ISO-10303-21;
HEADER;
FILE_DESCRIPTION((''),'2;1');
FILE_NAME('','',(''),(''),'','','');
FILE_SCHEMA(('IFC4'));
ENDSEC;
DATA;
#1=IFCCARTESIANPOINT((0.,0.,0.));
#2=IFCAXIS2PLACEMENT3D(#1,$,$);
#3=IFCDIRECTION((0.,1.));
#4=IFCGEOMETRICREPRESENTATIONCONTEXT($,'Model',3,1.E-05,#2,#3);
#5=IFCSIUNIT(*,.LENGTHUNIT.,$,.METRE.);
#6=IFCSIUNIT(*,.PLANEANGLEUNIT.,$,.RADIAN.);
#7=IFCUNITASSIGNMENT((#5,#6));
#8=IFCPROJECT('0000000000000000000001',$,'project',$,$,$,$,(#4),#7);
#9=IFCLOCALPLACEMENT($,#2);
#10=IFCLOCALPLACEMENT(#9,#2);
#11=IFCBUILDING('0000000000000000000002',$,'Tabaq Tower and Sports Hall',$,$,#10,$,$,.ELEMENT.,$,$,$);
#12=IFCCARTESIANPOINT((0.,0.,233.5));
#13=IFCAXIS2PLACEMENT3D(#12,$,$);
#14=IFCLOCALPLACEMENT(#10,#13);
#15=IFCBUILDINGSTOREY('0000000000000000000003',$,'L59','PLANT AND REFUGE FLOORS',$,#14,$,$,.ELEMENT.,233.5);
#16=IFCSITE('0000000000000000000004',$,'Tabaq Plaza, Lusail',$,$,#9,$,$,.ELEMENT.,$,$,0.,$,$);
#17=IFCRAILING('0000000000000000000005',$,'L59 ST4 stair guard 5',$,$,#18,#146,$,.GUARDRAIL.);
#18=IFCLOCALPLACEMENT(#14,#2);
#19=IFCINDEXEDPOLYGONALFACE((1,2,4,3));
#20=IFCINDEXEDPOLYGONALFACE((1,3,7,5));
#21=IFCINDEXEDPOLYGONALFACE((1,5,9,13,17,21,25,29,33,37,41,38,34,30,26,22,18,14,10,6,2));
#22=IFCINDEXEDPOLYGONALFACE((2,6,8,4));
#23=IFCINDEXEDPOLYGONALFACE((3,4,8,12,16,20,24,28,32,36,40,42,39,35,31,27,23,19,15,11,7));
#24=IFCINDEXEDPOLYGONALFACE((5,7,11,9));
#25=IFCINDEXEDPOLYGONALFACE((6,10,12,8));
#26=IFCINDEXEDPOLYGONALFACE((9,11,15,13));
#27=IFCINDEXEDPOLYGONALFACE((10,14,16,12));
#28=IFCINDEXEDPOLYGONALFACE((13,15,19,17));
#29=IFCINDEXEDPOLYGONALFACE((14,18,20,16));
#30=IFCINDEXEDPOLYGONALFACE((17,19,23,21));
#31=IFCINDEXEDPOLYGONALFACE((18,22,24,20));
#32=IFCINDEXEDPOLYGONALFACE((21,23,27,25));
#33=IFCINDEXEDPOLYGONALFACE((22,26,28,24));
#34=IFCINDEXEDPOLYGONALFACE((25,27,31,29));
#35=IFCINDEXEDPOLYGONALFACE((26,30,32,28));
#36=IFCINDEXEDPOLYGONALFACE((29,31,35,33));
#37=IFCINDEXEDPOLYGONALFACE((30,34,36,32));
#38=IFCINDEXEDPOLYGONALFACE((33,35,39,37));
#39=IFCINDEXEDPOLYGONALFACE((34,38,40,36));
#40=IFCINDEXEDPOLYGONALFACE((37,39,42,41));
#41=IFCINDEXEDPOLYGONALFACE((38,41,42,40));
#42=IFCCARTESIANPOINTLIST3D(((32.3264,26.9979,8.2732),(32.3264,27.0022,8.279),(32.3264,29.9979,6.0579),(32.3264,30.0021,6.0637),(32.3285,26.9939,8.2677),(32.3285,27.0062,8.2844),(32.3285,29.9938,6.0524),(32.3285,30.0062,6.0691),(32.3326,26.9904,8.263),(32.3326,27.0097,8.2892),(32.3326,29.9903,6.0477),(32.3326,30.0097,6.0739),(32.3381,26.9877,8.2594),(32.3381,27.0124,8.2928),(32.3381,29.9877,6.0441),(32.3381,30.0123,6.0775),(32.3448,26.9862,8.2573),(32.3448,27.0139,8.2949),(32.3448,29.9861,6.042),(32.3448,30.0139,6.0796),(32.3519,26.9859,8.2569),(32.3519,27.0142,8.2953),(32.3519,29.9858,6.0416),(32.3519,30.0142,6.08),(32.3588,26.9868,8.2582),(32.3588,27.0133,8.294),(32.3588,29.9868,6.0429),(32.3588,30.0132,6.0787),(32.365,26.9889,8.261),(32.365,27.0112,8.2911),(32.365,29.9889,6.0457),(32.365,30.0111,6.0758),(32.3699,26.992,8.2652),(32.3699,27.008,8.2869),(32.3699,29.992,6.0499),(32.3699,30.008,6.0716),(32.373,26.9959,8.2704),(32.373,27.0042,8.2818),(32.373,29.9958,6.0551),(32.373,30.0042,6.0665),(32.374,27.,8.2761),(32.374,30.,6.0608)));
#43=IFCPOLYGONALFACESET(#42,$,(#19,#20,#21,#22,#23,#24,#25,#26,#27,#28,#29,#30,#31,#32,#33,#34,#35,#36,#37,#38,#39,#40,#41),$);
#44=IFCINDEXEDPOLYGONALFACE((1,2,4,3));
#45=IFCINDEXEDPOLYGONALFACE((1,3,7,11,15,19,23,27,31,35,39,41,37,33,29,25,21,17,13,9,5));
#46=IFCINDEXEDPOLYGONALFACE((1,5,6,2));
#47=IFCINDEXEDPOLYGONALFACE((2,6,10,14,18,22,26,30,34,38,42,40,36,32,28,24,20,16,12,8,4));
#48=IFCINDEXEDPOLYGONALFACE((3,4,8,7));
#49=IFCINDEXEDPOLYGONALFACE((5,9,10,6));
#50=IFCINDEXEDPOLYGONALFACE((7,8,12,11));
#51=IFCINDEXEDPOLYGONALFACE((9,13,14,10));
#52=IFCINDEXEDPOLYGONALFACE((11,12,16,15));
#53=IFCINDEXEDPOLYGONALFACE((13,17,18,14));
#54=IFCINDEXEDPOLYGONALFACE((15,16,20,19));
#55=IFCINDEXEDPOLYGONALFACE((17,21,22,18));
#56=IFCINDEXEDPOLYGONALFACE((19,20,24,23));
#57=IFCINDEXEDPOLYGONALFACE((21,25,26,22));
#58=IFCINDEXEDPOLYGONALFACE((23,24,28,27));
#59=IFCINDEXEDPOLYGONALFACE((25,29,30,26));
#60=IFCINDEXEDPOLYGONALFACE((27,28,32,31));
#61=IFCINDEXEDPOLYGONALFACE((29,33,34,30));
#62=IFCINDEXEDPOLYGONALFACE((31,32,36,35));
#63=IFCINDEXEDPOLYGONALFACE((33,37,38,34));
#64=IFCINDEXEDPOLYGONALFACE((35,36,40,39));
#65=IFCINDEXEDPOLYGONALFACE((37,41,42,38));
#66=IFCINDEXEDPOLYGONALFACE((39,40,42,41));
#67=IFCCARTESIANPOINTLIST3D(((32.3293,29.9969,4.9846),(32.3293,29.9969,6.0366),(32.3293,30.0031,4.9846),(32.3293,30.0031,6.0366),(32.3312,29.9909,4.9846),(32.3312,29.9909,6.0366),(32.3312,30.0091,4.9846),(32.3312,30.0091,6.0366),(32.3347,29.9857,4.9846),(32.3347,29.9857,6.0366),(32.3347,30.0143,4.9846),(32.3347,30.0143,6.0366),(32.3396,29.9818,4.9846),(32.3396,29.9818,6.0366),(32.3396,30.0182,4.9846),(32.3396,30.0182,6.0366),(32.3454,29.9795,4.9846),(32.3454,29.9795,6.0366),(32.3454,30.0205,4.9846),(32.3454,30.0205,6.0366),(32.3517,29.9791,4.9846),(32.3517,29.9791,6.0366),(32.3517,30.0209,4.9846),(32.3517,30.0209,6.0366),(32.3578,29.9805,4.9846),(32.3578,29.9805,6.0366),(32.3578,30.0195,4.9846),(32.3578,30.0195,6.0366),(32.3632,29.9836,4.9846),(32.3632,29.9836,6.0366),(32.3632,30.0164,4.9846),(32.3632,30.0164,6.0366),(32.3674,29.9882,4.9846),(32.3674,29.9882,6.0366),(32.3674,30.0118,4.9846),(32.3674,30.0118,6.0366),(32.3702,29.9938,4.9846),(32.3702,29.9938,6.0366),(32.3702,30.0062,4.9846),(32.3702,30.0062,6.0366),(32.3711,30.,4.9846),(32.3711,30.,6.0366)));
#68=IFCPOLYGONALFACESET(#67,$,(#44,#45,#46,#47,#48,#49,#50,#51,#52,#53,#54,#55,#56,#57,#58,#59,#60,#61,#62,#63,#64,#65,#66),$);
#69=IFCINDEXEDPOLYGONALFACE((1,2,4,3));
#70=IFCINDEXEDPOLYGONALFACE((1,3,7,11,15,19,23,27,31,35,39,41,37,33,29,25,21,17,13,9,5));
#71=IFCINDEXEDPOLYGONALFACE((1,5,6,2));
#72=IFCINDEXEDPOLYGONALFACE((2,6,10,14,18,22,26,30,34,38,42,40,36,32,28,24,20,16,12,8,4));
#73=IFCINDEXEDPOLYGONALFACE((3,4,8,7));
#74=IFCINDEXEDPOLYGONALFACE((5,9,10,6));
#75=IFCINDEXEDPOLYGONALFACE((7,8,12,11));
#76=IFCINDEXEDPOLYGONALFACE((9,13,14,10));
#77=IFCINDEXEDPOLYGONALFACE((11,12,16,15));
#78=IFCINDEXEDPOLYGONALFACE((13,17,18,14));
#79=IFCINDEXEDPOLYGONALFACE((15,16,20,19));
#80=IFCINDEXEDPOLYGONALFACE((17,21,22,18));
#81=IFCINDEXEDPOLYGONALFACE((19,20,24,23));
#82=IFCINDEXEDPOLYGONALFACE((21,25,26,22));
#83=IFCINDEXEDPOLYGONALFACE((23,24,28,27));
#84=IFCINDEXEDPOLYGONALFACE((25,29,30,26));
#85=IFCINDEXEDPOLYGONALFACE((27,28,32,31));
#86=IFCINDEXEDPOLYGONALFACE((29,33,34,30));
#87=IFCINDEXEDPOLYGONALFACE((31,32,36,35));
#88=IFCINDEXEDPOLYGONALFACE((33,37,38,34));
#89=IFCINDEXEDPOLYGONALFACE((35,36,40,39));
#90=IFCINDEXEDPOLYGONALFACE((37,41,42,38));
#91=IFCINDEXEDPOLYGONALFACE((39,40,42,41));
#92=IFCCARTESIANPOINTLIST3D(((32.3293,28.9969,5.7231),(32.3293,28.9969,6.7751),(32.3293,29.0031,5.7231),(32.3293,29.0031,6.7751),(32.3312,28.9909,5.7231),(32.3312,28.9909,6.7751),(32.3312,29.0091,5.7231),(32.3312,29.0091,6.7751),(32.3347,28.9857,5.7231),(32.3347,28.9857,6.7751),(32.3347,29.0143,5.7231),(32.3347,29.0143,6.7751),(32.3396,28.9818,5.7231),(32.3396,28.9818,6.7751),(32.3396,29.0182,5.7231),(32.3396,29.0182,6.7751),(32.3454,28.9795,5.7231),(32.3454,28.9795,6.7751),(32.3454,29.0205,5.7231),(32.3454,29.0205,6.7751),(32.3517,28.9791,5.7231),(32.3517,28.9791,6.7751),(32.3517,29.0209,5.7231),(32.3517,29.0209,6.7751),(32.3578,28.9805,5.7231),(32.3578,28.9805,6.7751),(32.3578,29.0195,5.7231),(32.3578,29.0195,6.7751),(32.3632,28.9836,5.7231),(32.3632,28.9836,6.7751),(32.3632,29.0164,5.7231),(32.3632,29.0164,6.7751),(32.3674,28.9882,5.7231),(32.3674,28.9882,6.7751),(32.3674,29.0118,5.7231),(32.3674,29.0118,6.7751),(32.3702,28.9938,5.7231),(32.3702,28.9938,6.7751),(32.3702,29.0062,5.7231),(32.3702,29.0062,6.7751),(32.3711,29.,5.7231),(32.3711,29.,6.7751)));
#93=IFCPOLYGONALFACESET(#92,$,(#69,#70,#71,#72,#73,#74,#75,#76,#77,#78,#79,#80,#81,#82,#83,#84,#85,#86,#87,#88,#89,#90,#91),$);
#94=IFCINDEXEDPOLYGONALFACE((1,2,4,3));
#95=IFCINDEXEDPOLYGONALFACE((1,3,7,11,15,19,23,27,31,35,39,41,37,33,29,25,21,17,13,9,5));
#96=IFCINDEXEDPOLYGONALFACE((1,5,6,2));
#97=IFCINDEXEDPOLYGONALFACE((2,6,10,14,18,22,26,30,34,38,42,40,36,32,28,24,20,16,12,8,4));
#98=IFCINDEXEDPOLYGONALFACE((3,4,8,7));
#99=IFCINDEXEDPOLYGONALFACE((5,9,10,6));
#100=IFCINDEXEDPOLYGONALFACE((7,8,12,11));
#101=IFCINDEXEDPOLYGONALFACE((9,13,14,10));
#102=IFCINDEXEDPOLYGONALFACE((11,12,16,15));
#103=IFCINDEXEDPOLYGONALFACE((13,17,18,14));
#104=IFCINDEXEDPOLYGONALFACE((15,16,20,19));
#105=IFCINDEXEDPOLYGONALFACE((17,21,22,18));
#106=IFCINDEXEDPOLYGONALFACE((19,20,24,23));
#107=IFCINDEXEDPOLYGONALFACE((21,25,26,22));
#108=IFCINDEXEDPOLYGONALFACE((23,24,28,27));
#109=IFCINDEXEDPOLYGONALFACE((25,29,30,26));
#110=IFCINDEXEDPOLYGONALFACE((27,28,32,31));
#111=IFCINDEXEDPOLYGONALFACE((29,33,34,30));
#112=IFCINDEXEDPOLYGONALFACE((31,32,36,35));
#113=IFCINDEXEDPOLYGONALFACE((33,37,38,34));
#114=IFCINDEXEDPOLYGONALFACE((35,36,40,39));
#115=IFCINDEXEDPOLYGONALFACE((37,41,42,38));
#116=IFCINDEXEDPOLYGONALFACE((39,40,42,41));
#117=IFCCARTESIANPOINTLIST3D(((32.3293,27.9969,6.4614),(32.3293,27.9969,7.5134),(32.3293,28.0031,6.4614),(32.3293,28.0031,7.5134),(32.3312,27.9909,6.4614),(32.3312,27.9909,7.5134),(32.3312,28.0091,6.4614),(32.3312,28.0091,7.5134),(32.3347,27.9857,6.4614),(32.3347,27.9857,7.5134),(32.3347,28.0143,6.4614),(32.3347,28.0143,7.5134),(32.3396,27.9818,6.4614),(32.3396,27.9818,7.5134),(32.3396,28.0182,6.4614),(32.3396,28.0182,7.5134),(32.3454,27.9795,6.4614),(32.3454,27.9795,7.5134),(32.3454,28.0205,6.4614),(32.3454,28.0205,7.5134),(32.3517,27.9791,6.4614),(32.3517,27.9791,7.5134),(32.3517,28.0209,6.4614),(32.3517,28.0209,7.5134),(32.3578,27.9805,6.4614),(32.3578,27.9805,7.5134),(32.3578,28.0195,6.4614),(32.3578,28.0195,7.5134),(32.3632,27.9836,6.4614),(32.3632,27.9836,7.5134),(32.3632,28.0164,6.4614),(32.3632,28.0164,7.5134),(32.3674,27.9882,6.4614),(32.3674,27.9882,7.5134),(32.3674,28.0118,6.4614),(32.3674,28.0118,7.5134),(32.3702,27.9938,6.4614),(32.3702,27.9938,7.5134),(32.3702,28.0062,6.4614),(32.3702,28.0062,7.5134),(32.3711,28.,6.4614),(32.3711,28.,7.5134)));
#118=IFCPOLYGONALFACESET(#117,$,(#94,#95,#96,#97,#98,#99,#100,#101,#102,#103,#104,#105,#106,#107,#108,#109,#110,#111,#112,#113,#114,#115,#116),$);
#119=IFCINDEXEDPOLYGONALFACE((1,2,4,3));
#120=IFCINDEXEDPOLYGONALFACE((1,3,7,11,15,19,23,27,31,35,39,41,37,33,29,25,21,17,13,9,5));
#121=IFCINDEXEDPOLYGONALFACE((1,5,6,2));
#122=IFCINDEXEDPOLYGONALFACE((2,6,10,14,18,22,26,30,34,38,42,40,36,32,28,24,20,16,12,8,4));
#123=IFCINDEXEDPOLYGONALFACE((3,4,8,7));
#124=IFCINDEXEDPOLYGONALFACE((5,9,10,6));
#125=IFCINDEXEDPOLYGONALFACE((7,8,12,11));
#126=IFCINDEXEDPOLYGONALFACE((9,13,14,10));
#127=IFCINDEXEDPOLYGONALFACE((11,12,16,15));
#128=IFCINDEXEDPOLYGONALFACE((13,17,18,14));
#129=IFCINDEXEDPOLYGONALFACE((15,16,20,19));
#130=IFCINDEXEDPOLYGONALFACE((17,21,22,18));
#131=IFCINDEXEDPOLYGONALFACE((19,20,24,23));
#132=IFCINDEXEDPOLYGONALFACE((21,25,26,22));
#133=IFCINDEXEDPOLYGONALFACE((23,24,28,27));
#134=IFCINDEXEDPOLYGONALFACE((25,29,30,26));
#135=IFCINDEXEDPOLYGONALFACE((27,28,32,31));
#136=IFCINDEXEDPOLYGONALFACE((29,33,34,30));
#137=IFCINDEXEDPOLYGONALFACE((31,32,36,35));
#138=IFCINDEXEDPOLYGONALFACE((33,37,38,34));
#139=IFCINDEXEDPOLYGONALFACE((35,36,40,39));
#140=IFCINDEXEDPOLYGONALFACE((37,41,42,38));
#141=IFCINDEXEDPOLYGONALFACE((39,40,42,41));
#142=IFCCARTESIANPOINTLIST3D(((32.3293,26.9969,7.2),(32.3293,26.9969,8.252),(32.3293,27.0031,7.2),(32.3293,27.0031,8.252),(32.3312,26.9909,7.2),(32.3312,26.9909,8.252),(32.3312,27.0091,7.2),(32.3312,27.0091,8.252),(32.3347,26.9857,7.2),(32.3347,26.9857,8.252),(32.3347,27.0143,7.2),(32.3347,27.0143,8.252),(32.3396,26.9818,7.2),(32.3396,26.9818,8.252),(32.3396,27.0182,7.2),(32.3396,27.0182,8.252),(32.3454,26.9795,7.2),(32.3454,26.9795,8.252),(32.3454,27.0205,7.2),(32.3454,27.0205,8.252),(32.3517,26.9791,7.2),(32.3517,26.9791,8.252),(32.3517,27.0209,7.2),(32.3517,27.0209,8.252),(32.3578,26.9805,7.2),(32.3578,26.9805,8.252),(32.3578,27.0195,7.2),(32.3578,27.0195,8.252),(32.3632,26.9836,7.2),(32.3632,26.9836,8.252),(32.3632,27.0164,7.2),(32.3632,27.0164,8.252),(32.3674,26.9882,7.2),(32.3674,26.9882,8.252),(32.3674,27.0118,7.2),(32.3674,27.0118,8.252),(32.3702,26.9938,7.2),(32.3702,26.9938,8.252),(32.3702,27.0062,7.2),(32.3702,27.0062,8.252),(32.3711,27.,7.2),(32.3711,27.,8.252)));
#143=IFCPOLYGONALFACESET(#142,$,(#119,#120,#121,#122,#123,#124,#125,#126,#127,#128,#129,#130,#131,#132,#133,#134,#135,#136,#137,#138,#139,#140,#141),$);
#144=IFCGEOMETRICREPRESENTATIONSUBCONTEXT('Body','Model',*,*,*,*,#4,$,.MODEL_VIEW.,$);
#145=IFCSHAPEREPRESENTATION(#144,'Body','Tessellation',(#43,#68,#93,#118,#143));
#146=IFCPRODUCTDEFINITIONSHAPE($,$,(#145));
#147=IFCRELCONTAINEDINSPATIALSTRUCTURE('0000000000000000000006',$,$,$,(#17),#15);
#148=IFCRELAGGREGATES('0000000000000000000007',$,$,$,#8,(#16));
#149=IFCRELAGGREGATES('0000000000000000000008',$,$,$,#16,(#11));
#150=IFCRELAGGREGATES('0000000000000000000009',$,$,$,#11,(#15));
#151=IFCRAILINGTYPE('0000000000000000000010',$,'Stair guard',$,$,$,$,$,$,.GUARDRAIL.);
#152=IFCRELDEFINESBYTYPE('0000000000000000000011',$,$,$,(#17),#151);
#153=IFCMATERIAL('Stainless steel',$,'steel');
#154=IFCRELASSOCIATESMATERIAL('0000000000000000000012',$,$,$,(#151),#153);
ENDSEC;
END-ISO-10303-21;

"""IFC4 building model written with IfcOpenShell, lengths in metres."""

from ifc_helpers import new_model, si_unit, direction, frame, origin, origin_2d, place, context, subcontext, project, spatial, circle, extrude, material, type_object, element, save


model = new_model("IFC4")

# Units and contexts
model_context = context("Model", 3, precision=1e-05, world=origin(), true_north=direction((0.0, 1.0)))
body_context = subcontext(model_context, "Body", "Model", "MODEL_VIEW")
ifc_project = project(units=[si_unit("LENGTHUNIT", "METRE"), si_unit("PLANEANGLEUNIT", "RADIAN")], contexts=[model_context])

# Site, building, storey
site_placement = place(None, origin())
site = spatial("IfcSite", under=ifc_project, at=site_placement, Name="Tabaq Plaza, Lusail", CompositionType="ELEMENT", RefElevation=0.0)
building_placement = place(site_placement, origin())
building = spatial("IfcBuilding", under=site, at=building_placement, Name="Tabaq Tower and Sports Hall", CompositionType="ELEMENT")
storey_placement = place(building_placement, frame((0.0, 0.0, 233.5)))
storey = spatial("IfcBuildingStorey", under=building, at=storey_placement, Name="L59", Description="PLANT AND REFUGE FLOORS", CompositionType="ELEMENT", Elevation=233.5)

# Railing
ifc_material_1 = material(Name="Stainless steel", Category="steel")
railing_type_1 = type_object("IfcRailingType", Name="Stair guard", PredefinedType="GUARDRAIL", material=ifc_material_1)
railing_1_placement = place(storey_placement, frame((32.3501, 30.0, 4.9846)))
element("IfcRailing", 1, at=railing_1_placement, inside=storey, type_object=railing_type_1, Name="L59 ST4 stair guard 5", PredefinedType="GUARDRAIL", context=body_context, shape_type="SweptSolid", body=[
    extrude(circle(Radius=0.0239, at=origin_2d()), frame((0.0, 0.0, 1.0762), z_axis=(0.0, -0.80444, 0.594034), x_axis=(1.0, 0.0, 0.0)), (0.0, 0.0, 1.0), 3.7292),
    extrude(circle(Radius=0.021, at=origin_2d()), origin(), (0.0, 0.0, 1.0), 1.052),
    extrude(circle(Radius=0.021, at=origin_2d()), frame((0.0, -1.0, 0.7385)), (0.0, 0.0, 1.0), 1.052),
    extrude(circle(Radius=0.021, at=origin_2d()), frame((0.0, -2.0, 1.4768)), (0.0, 0.0, 1.0), 1.052),
    extrude(circle(Radius=0.021, at=origin_2d()), frame((0.0, -3.0, 2.2153)), (0.0, 0.0, 1.0), 1.052),
])

save(model, "model.ifc")
